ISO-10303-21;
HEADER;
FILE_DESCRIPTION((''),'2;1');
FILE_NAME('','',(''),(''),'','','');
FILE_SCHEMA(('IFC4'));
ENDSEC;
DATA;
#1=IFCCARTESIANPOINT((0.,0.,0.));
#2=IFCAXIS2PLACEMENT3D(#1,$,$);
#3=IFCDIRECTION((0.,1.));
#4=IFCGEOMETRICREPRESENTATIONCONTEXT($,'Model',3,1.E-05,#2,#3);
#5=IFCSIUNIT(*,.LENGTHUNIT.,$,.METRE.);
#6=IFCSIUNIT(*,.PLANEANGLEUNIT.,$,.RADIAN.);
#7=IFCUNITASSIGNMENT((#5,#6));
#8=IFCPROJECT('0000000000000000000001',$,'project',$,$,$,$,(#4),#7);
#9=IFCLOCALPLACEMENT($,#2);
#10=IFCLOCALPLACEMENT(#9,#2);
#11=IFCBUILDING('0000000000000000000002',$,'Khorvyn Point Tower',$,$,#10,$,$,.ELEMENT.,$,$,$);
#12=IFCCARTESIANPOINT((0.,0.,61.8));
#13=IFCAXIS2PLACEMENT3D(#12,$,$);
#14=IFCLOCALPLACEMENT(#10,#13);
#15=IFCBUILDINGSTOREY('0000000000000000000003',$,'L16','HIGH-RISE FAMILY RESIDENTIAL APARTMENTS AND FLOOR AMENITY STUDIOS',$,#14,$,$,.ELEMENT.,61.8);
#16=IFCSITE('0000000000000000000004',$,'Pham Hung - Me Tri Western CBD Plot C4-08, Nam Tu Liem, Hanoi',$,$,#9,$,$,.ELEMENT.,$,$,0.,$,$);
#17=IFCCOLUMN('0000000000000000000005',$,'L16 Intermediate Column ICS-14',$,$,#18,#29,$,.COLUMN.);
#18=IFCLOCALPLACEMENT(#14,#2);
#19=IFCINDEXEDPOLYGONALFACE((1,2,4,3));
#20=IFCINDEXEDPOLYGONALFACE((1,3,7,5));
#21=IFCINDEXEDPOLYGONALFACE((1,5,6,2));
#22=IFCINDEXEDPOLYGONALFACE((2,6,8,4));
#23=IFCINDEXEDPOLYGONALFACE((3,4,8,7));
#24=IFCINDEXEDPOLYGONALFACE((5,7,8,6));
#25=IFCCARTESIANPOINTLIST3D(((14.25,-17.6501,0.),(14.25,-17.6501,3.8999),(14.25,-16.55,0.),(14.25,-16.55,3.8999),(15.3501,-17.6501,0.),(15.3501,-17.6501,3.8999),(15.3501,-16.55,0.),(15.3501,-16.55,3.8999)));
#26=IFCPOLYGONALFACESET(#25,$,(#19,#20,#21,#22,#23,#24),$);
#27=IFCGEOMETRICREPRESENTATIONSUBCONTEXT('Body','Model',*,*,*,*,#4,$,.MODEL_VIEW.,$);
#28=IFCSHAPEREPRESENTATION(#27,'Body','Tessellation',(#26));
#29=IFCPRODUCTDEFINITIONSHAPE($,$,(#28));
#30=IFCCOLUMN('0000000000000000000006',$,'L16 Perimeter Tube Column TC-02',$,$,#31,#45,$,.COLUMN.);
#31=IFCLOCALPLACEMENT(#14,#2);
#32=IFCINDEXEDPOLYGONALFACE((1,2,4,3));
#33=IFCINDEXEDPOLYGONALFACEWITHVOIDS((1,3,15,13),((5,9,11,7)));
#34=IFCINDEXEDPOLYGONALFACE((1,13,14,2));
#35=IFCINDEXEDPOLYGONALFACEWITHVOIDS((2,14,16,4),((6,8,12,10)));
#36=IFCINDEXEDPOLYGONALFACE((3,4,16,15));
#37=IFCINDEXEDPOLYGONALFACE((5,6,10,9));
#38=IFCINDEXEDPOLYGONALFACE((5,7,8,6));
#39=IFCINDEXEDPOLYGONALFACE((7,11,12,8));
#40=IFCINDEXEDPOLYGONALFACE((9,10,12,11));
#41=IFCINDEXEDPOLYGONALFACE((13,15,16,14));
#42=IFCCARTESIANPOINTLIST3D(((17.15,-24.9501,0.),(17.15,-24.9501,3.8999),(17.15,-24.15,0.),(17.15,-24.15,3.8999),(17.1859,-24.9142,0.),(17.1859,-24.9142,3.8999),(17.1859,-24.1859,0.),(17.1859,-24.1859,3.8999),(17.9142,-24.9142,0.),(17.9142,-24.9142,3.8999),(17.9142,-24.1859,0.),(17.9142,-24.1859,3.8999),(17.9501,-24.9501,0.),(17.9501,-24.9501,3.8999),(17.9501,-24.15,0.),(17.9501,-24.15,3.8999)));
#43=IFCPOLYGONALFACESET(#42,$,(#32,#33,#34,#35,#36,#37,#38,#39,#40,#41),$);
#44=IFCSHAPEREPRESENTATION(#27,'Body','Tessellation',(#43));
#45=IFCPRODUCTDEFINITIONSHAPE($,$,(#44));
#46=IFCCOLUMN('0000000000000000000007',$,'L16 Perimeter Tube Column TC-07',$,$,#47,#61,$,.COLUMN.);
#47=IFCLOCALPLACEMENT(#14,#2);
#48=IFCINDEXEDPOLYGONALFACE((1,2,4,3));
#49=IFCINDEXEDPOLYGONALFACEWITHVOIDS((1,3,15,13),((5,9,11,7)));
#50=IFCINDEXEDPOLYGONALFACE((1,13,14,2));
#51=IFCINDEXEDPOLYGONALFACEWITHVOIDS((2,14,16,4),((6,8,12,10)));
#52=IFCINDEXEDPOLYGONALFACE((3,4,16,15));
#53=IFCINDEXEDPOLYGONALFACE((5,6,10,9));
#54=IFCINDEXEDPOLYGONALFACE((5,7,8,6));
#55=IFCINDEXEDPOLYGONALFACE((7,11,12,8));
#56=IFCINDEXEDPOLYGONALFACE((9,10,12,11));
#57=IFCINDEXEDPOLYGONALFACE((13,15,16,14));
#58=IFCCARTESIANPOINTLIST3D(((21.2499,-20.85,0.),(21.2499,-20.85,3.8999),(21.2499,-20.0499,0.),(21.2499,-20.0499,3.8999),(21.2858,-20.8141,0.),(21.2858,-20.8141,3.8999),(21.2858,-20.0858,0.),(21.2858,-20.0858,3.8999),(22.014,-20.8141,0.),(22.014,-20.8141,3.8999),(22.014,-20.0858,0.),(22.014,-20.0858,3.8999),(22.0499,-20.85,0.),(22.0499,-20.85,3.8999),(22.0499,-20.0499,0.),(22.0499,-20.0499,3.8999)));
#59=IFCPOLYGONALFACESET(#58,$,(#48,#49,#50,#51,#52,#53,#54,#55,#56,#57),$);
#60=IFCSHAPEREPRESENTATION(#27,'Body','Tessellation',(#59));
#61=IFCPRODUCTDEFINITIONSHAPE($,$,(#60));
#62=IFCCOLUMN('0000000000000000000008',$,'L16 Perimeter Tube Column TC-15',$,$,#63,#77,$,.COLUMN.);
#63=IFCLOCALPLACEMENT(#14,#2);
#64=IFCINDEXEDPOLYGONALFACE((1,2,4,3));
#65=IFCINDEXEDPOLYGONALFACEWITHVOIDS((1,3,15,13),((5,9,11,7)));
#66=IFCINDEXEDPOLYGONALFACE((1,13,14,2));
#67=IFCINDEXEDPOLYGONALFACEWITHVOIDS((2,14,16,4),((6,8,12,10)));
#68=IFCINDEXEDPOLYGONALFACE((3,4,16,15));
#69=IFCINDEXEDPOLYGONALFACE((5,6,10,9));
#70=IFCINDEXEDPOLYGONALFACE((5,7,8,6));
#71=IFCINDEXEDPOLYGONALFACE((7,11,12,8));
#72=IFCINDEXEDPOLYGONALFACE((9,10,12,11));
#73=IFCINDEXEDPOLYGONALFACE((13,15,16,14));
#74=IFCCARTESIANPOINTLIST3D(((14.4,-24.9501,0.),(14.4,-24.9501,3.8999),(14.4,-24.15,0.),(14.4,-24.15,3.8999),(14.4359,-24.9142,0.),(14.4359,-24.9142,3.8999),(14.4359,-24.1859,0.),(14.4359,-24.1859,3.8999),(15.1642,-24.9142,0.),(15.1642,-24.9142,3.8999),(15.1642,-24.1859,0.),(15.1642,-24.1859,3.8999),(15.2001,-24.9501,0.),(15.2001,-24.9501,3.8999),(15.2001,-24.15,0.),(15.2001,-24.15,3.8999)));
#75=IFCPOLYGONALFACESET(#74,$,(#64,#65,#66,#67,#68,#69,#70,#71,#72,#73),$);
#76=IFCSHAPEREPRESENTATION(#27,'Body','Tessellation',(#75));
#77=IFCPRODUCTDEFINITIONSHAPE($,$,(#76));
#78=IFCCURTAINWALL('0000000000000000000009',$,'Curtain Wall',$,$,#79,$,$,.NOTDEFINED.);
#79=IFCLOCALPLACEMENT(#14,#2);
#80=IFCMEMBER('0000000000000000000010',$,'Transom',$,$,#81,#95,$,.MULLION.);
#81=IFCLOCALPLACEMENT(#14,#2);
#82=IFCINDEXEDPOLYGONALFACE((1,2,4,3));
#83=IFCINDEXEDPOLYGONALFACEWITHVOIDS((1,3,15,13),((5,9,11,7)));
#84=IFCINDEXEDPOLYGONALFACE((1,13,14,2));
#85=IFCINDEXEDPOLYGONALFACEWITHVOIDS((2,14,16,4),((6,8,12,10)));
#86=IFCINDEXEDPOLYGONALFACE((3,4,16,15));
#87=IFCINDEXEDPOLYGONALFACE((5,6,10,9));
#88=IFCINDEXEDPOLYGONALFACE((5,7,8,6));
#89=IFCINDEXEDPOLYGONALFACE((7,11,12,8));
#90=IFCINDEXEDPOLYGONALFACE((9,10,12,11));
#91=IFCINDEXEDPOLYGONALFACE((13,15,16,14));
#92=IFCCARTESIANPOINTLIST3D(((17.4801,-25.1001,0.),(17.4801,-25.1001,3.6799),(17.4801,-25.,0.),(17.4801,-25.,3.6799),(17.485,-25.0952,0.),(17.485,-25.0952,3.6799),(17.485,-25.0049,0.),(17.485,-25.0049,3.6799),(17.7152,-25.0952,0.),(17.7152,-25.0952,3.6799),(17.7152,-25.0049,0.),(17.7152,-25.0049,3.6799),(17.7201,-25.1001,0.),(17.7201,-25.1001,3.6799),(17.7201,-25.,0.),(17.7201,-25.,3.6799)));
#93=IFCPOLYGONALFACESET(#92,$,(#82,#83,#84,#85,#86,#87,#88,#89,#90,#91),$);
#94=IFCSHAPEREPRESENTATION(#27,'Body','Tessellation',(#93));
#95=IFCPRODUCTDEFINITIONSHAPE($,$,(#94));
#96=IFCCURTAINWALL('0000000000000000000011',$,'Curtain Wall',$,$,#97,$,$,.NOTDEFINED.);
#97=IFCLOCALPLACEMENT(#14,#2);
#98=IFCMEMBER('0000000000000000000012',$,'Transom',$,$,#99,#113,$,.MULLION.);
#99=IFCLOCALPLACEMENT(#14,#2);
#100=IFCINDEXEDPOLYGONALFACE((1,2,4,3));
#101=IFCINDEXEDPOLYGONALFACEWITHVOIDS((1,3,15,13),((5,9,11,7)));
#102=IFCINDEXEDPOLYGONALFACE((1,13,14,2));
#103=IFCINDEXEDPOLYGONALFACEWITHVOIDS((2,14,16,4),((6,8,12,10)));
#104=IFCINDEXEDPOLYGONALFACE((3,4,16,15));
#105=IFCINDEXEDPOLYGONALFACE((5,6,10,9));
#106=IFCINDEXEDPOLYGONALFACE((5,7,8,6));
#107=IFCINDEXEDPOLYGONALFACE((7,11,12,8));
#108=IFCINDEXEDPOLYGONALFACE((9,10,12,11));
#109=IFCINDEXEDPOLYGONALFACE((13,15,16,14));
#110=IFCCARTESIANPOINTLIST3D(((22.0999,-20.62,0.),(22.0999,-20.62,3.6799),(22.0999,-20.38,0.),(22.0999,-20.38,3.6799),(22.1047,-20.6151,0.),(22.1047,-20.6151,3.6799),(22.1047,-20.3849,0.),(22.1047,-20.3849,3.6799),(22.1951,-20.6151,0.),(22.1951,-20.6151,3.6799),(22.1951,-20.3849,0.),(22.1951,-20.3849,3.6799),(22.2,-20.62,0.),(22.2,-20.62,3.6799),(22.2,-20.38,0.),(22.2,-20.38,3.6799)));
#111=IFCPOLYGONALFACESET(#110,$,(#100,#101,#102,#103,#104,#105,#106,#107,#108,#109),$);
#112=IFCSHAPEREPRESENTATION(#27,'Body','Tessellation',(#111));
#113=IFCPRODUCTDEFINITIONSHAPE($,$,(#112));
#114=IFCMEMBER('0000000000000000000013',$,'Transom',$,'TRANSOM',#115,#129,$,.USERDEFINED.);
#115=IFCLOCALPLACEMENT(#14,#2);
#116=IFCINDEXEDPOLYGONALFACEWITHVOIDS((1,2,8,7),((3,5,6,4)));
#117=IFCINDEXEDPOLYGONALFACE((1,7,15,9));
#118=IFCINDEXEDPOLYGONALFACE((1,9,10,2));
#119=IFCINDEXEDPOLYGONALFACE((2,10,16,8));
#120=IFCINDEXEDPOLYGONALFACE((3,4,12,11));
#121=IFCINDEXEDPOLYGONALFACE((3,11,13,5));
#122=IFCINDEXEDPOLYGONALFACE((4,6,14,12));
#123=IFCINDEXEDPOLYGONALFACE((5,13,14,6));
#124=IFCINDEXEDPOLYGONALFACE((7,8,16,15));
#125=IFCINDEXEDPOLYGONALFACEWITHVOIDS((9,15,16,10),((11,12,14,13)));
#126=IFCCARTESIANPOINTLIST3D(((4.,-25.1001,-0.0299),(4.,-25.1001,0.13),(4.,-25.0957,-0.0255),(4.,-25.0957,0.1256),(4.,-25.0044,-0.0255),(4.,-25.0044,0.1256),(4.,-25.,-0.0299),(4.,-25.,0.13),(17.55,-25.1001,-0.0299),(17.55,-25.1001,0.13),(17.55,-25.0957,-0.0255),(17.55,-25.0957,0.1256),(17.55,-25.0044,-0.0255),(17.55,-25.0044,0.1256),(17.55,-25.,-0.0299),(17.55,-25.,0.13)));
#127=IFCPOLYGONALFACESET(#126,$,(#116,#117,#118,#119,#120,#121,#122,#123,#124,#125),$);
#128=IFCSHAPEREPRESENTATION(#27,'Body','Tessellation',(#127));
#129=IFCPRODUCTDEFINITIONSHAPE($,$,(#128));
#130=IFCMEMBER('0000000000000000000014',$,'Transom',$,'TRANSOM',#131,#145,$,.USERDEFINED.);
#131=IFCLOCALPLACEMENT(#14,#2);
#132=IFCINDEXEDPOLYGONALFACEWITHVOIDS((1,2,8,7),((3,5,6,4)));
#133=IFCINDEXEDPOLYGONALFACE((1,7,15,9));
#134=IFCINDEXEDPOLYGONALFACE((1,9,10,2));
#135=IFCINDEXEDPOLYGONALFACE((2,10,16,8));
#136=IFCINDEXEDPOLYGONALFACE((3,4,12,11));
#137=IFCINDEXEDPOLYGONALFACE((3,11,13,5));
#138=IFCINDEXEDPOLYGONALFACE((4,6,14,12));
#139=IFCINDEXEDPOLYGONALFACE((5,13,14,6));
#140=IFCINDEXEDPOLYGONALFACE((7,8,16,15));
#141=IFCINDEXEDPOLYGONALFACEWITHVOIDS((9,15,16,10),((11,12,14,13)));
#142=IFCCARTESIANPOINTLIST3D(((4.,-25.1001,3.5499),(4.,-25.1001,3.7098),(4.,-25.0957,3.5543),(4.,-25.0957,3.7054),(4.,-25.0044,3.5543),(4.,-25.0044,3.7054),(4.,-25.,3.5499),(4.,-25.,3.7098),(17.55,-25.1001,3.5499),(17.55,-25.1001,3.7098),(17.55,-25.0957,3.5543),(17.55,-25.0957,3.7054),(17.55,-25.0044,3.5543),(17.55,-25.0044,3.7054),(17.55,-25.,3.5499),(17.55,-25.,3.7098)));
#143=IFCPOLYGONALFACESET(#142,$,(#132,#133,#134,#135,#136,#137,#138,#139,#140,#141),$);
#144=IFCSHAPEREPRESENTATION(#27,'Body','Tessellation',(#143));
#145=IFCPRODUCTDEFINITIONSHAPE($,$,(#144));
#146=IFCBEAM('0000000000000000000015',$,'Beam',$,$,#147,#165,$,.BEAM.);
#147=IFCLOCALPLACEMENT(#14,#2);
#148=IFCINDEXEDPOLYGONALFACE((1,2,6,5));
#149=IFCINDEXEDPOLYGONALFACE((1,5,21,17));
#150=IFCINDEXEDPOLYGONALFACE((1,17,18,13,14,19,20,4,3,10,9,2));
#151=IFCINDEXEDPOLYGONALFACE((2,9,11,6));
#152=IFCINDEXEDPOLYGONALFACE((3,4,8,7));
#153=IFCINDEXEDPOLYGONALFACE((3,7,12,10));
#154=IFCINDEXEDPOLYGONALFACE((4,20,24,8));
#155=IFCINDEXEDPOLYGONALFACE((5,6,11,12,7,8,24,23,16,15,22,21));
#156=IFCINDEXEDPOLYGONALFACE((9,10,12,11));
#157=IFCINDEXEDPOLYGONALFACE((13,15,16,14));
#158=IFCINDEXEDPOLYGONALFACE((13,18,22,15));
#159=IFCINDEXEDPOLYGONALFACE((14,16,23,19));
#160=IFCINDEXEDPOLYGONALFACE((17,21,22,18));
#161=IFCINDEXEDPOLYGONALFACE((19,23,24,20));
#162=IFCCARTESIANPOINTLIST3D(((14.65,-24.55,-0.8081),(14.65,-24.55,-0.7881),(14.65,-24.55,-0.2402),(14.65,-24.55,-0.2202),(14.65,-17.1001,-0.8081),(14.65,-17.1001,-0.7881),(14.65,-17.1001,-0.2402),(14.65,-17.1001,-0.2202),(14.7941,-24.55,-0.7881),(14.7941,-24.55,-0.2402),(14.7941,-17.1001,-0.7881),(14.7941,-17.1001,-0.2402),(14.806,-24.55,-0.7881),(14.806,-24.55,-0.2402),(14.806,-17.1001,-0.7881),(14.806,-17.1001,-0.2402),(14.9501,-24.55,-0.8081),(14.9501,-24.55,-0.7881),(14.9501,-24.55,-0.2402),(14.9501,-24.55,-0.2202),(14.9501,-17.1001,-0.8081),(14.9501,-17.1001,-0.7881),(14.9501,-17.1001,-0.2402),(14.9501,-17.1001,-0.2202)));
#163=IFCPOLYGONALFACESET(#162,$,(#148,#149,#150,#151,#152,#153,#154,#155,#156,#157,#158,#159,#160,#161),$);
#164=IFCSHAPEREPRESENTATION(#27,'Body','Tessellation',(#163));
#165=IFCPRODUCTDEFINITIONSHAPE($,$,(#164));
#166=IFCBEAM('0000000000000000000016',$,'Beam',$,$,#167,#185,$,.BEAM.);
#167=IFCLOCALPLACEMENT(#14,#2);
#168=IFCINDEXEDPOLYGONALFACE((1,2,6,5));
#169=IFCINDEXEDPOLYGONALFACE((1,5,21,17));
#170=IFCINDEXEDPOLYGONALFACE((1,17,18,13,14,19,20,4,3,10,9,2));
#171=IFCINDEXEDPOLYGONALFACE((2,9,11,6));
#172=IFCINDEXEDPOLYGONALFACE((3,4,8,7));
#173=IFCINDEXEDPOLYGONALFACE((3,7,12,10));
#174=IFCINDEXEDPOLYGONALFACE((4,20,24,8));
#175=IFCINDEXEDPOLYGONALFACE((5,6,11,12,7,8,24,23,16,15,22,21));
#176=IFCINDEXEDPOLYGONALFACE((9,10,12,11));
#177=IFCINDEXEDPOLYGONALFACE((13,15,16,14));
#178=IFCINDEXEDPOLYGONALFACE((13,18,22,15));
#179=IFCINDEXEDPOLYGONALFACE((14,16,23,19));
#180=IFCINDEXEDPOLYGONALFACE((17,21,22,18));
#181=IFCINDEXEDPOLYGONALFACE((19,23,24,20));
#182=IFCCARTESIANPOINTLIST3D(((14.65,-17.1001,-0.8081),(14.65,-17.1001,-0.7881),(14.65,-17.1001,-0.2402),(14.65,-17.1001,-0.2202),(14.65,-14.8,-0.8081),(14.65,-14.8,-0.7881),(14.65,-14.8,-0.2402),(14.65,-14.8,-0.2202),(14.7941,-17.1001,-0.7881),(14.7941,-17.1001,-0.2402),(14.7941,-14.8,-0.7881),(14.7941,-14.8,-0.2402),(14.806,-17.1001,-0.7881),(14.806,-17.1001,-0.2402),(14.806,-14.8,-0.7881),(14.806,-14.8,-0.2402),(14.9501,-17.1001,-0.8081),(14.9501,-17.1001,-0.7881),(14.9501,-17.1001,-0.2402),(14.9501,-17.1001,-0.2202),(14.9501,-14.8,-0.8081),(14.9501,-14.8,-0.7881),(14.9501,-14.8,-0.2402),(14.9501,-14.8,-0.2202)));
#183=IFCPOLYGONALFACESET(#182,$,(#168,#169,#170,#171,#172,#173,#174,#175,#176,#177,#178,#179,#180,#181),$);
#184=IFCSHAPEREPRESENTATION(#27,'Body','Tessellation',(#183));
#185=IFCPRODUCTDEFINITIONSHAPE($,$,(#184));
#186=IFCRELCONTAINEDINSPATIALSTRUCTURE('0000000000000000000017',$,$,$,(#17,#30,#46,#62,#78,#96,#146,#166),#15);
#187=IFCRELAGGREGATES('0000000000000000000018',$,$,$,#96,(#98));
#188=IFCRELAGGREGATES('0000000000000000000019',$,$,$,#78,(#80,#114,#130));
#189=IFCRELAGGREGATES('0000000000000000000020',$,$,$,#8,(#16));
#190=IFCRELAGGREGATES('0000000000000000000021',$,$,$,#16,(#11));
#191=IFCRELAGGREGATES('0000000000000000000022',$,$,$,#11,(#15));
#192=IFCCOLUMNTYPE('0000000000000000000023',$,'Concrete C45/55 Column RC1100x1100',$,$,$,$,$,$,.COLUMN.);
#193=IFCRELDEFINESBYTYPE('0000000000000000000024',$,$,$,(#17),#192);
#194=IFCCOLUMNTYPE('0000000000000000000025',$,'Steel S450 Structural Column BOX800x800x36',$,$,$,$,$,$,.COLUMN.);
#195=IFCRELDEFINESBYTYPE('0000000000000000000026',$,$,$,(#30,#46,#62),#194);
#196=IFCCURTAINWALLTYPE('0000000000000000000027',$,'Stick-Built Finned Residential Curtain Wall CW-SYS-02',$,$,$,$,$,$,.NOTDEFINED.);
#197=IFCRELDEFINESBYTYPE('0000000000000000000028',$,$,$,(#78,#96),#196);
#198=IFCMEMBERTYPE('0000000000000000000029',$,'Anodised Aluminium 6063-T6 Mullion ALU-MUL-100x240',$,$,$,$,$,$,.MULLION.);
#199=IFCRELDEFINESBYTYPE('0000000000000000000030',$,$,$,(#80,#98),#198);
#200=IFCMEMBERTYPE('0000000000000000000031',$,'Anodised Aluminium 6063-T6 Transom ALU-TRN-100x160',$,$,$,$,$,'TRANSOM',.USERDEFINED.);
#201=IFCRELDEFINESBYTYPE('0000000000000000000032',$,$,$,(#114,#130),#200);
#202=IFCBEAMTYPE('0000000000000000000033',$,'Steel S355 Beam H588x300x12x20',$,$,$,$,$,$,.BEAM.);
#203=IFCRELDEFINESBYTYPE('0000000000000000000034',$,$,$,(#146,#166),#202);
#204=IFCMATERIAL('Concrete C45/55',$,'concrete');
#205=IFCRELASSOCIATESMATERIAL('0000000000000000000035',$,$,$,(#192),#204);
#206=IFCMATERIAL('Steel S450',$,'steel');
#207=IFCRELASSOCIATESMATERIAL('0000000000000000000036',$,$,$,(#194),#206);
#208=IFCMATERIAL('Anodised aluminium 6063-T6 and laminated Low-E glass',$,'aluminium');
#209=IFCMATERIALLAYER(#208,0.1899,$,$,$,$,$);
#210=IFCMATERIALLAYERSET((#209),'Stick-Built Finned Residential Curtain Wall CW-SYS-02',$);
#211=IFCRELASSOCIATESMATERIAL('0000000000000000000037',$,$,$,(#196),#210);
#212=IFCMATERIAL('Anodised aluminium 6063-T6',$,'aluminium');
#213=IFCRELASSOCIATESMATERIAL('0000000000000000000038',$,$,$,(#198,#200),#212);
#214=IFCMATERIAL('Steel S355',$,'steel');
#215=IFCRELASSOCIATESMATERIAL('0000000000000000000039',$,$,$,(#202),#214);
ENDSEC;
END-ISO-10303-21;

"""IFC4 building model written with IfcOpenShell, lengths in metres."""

from ifc_helpers import new_model, si_unit, direction, frame, origin, origin_2d, place, context, subcontext, project, spatial, rectangle, hollow_rectangle, i_section, extrude, material, layer, layer_set, material_profile, profile_set, type_object, element, aggregate, save


model = new_model("IFC4")

# Units and contexts
model_context = context("Model", 3, precision=1e-05, world=origin(), true_north=direction((0.0, 1.0)))
body_context = subcontext(model_context, "Body", "Model", "MODEL_VIEW")
ifc_project = project(units=[si_unit("LENGTHUNIT", "METRE"), si_unit("PLANEANGLEUNIT", "RADIAN")], contexts=[model_context])

# Site, building, storey
site_placement = place(None, origin())
site = spatial("IfcSite", under=ifc_project, at=site_placement, Name="Pham Hung - Me Tri Western CBD Plot C4-08, Nam Tu Liem, Hanoi", CompositionType="ELEMENT", RefElevation=0.0)
building_placement = place(site_placement, origin())
building = spatial("IfcBuilding", under=site, at=building_placement, Name="Khorvyn Point Tower", CompositionType="ELEMENT")
storey_placement = place(building_placement, frame((0.0, 0.0, 61.8)))
storey = spatial("IfcBuildingStorey", under=building, at=storey_placement, Name="L16", Description="HIGH-RISE FAMILY RESIDENTIAL APARTMENTS AND FLOOR AMENITY STUDIOS", CompositionType="ELEMENT", Elevation=61.8)

# Columns
ifc_material_1 = material(Name="Concrete C45/55", Category="concrete")
ifc_material_profile_1 = material_profile(ifc_material_1, rectangle(XDim=1.1001, YDim=1.1001, at=origin_2d()))
ifc_profile_set_1 = profile_set([ifc_material_profile_1], Name="Concrete C45/55 RC1100x1100")
column_type_1 = type_object("IfcColumnType", Name="Concrete C45/55 Column RC1100x1100", PredefinedType="COLUMN", material=ifc_profile_set_1)
column_placement = place(storey_placement, frame((14.8, -17.1001, 0.0), z_axis=(0.0, 0.0, 1.0), x_axis=(1.0, 0.0, 0.0)))
element("IfcColumn", 1, at=column_placement, inside=storey, type_object=column_type_1, Name="L16 Intermediate Column ICS-14", PredefinedType="COLUMN", context=body_context, shape_type="SweptSolid", body=[
    extrude(rectangle(XDim=1.1001, YDim=1.1001, at=origin_2d()), origin(), (0.0, 0.0, 1.0), 3.8999),
])
ifc_material_2 = material(Name="Steel S450", Category="steel")
ifc_material_profile_2 = material_profile(ifc_material_2, hollow_rectangle(XDim=0.8, YDim=0.8, WallThickness=0.0359, at=origin_2d()))
ifc_profile_set_2 = profile_set([ifc_material_profile_2], Name="Steel S450 BOX800x800x36")
column_type_2 = type_object("IfcColumnType", Name="Steel S450 Structural Column BOX800x800x36", PredefinedType="COLUMN", material=ifc_profile_set_2)
for number, where, z_axis, x_axis, name in (
    (2, (17.55, -24.55, 0.0), (0.0, 0.0, 1.0), (1.0, 0.0, 0.0), "L16 Perimeter Tube Column TC-02"),
    (3, (21.6499, -20.45, 0.0), (0.0, 0.0, 1.0), (1.0, 0.0, 0.0), "L16 Perimeter Tube Column TC-07"),
    (4, (14.8, -24.55, 0.0), (0.0, 0.0, 1.0), (1.0, 0.0, 0.0), "L16 Perimeter Tube Column TC-15"),
):
    element("IfcColumn", number, at=place(storey_placement, frame(where, z_axis=z_axis, x_axis=x_axis)), inside=storey, type_object=column_type_2, Name=name, PredefinedType="COLUMN", context=body_context, shape_type="SweptSolid", body=[
        extrude(hollow_rectangle(XDim=0.8, YDim=0.8, WallThickness=0.0359, at=origin_2d()), origin(), (0.0, 0.0, 1.0), 3.8999),
    ])

# Curtain walls, members
ifc_material_3 = material(Name="Anodised aluminium 6063-T6 and laminated Low-E glass", Category="aluminium")
ifc_layer_1 = layer(ifc_material_3, 0.1899)
ifc_layer_set_1 = layer_set([ifc_layer_1], Name="Stick-Built Finned Residential Curtain Wall CW-SYS-02")
curtain_wall_type = type_object("IfcCurtainWallType", Name="Stick-Built Finned Residential Curtain Wall CW-SYS-02", PredefinedType="NOTDEFINED", material=ifc_layer_set_1)
curtain_wall_1_placement = place(storey_placement, origin())
curtain_wall_1 = element("IfcCurtainWall", 5, at=curtain_wall_1_placement, inside=storey, type_object=curtain_wall_type, Name="Curtain Wall", PredefinedType="NOTDEFINED")
ifc_material_4 = material(Name="Anodised aluminium 6063-T6", Category="aluminium")
ifc_material_profile_3 = material_profile(ifc_material_4, hollow_rectangle(XDim=0.1001, YDim=0.24, WallThickness=0.0049, at=origin_2d()))
ifc_profile_set_3 = profile_set([ifc_material_profile_3], Name="Anodised aluminium 6063-T6 ALU-MUL-100x240")
member_type_1 = type_object("IfcMemberType", Name="Anodised Aluminium 6063-T6 Mullion ALU-MUL-100x240", PredefinedType="MULLION", material=ifc_profile_set_3)
member_1_placement = place(storey_placement, frame((17.6001, -25.05, 0.0), z_axis=(0.0, 0.0, 1.0), x_axis=(0.0, -1.0, 0.0)))
member_1 = element("IfcMember", 6, at=member_1_placement, type_object=member_type_1, Name="Transom", PredefinedType="MULLION", context=body_context, shape_type="SweptSolid", body=[
    extrude(hollow_rectangle(XDim=0.1001, YDim=0.24, WallThickness=0.0049, at=origin_2d()), origin(), (0.0, 0.0, 1.0), 3.6799),
])
curtain_wall_2_placement = place(storey_placement, origin())
curtain_wall_2 = element("IfcCurtainWall", 7, at=curtain_wall_2_placement, inside=storey, type_object=curtain_wall_type, Name="Curtain Wall", PredefinedType="NOTDEFINED")
member_2_placement = place(storey_placement, frame((22.1499, -20.5, 0.0), z_axis=(0.0, 0.0, 1.0), x_axis=(1.0, 0.0, 0.0)))
member_2 = element("IfcMember", 8, at=member_2_placement, type_object=member_type_1, Name="Transom", PredefinedType="MULLION", context=body_context, shape_type="SweptSolid", body=[
    extrude(hollow_rectangle(XDim=0.1001, YDim=0.24, WallThickness=0.0049, at=origin_2d()), origin(), (0.0, 0.0, 1.0), 3.6799),
])
aggregate(curtain_wall_2, [member_2])

# Members
ifc_material_profile_4 = material_profile(ifc_material_4, hollow_rectangle(XDim=0.1001, YDim=0.1599, WallThickness=0.0044, at=origin_2d()))
ifc_profile_set_4 = profile_set([ifc_material_profile_4], Name="Anodised aluminium 6063-T6 ALU-TRN-100x160")
member_type_2 = type_object("IfcMemberType", Name="Anodised Aluminium 6063-T6 Transom ALU-TRN-100x160", ElementType="TRANSOM", PredefinedType="USERDEFINED", material=ifc_profile_set_4)
member_3_placement = place(storey_placement, frame((17.55, -25.05, 0.05), z_axis=(-1.0, 0.0, 0.0), x_axis=(0.0, -1.0, 0.0)))
member_3 = element("IfcMember", 9, at=member_3_placement, type_object=member_type_2, Name="Transom", ObjectType="TRANSOM", PredefinedType="USERDEFINED", context=body_context, shape_type="SweptSolid", body=[
    extrude(hollow_rectangle(XDim=0.1001, YDim=0.1599, WallThickness=0.0044, at=origin_2d()), origin(), (0.0, 0.0, 1.0), 13.55),
])
member_4_placement = place(storey_placement, frame((17.55, -25.05, 3.6299), z_axis=(-1.0, 0.0, 0.0), x_axis=(0.0, -1.0, 0.0)))
member_4 = element("IfcMember", 10, at=member_4_placement, type_object=member_type_2, Name="Transom", ObjectType="TRANSOM", PredefinedType="USERDEFINED", context=body_context, shape_type="SweptSolid", body=[
    extrude(hollow_rectangle(XDim=0.1001, YDim=0.1599, WallThickness=0.0044, at=origin_2d()), origin(), (0.0, 0.0, 1.0), 13.55),
])

# Beams
ifc_material_5 = material(Name="Steel S355", Category="steel")
ifc_material_profile_5 = material_profile(ifc_material_5, i_section(OverallWidth=0.3, OverallDepth=0.5879, WebThickness=0.012, FlangeThickness=0.02, at=origin_2d()))
ifc_profile_set_5 = profile_set([ifc_material_profile_5], Name="Steel S355 H588x300x12x20")
beam_type_1 = type_object("IfcBeamType", Name="Steel S355 Beam H588x300x12x20", PredefinedType="BEAM", material=ifc_profile_set_5)
beam_1_placement = place(storey_placement, frame((14.8, -24.55, -0.5142), z_axis=(0.0, 1.0, 0.0), x_axis=(-1.0, 0.0, 0.0)))
element("IfcBeam", 11, at=beam_1_placement, inside=storey, type_object=beam_type_1, Name="Beam", PredefinedType="BEAM", context=body_context, shape_type="SweptSolid", body=[
    extrude(i_section(OverallWidth=0.3, OverallDepth=0.5879, WebThickness=0.012, FlangeThickness=0.02, at=origin_2d()), origin(), (0.0, 0.0, 1.0), 7.45),
])
beam_2_placement = place(storey_placement, frame((14.8, -17.1001, -0.5142), z_axis=(0.0, 1.0, 0.0), x_axis=(-1.0, 0.0, 0.0)))
element("IfcBeam", 12, at=beam_2_placement, inside=storey, type_object=beam_type_1, Name="Beam", PredefinedType="BEAM", context=body_context, shape_type="SweptSolid", body=[
    extrude(i_section(OverallWidth=0.3, OverallDepth=0.5879, WebThickness=0.012, FlangeThickness=0.02, at=origin_2d()), origin(), (0.0, 0.0, 1.0), 2.3),
])

aggregate(curtain_wall_1, [member_1, member_3, member_4])

save(model, "model.ifc")
